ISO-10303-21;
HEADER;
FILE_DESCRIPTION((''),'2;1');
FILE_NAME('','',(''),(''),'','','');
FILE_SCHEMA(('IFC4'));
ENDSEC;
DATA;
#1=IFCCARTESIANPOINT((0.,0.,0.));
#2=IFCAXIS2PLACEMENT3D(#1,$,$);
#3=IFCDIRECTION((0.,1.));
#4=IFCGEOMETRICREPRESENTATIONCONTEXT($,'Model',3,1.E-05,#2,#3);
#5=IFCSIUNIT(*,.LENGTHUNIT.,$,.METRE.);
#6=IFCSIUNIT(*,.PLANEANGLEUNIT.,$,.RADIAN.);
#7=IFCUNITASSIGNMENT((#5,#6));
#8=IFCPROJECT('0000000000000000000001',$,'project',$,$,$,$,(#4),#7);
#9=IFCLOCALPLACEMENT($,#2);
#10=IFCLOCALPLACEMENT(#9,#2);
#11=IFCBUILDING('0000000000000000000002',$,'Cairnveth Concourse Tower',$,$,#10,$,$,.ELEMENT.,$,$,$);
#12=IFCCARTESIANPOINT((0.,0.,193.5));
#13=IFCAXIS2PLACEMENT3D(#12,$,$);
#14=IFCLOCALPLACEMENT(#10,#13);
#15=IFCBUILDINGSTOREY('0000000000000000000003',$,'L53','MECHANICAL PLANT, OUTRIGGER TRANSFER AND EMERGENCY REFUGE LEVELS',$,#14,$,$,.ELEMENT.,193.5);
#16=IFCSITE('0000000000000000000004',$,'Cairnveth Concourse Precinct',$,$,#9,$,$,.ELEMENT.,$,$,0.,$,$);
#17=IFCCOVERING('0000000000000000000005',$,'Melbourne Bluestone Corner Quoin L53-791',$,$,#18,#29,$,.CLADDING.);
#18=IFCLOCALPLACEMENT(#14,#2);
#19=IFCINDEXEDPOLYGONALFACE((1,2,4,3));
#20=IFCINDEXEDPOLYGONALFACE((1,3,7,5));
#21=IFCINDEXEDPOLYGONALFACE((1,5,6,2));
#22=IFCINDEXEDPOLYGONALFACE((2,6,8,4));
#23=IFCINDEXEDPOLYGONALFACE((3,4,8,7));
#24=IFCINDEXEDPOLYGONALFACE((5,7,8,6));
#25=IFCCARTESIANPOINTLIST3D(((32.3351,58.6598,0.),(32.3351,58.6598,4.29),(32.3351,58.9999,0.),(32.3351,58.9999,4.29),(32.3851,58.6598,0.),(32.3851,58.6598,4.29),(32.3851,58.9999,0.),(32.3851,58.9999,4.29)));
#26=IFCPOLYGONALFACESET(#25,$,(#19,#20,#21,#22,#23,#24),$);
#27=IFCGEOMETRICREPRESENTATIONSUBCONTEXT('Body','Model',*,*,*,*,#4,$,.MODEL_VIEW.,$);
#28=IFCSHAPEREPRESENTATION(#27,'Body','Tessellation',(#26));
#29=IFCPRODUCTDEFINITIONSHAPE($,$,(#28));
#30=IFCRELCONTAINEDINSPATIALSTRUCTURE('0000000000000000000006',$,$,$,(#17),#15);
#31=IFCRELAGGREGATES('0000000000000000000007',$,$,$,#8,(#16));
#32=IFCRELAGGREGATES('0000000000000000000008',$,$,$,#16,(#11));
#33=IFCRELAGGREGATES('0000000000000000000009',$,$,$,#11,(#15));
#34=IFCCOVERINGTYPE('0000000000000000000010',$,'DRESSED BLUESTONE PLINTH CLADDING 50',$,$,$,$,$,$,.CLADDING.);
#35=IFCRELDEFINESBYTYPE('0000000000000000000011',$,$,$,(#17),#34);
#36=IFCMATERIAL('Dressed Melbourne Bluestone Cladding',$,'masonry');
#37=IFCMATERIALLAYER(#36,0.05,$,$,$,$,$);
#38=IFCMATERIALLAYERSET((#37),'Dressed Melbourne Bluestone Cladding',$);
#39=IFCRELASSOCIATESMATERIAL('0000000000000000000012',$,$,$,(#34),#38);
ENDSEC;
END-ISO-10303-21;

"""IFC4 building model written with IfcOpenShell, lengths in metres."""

from ifc_helpers import new_model, si_unit, direction, frame, frame_2d, origin, place, context, subcontext, project, spatial, rectangle, extrude, material, layer, layer_set, type_object, element, save


model = new_model("IFC4")

# Units and contexts
model_context = context("Model", 3, precision=1e-05, world=origin(), true_north=direction((0.0, 1.0)))
body_context = subcontext(model_context, "Body", "Model", "MODEL_VIEW")
ifc_project = project(units=[si_unit("LENGTHUNIT", "METRE"), si_unit("PLANEANGLEUNIT", "RADIAN")], contexts=[model_context])

# Site, building, storey
site_placement = place(None, origin())
site = spatial("IfcSite", under=ifc_project, at=site_placement, Name="Cairnveth Concourse Precinct", CompositionType="ELEMENT", RefElevation=0.0)
building_placement = place(site_placement, origin())
building = spatial("IfcBuilding", under=site, at=building_placement, Name="Cairnveth Concourse Tower", CompositionType="ELEMENT")
storey_placement = place(building_placement, frame((0.0, 0.0, 193.5)))
storey = spatial("IfcBuildingStorey", under=building, at=storey_placement, Name="L53", Description="MECHANICAL PLANT, OUTRIGGER TRANSFER AND EMERGENCY REFUGE LEVELS", CompositionType="ELEMENT", Elevation=193.5)

# Covering
ifc_material_1 = material(Name="Dressed Melbourne Bluestone Cladding", Category="masonry")
ifc_layer_1 = layer(ifc_material_1, 0.05)
ifc_layer_set_1 = layer_set([ifc_layer_1], Name="Dressed Melbourne Bluestone Cladding")
covering_type = type_object("IfcCoveringType", Name="DRESSED BLUESTONE PLINTH CLADDING 50", PredefinedType="CLADDING", material=ifc_layer_set_1)
covering_placement = place(storey_placement, frame((32.3601, 58.6599, 0.0), z_axis=(0.0, 0.0, 1.0), x_axis=(0.0, 1.0, 0.0)))
element("IfcCovering", 1, at=covering_placement, inside=storey, type_object=covering_type, Name="Melbourne Bluestone Corner Quoin L53-791", PredefinedType="CLADDING", context=body_context, shape_type="SweptSolid", body=[
    extrude(rectangle(XDim=0.3401, YDim=0.05, at=frame_2d((0.1699, 0.0))), origin(), (0.0, 0.0, 1.0), 4.29),
])

save(model, "model.ifc")
